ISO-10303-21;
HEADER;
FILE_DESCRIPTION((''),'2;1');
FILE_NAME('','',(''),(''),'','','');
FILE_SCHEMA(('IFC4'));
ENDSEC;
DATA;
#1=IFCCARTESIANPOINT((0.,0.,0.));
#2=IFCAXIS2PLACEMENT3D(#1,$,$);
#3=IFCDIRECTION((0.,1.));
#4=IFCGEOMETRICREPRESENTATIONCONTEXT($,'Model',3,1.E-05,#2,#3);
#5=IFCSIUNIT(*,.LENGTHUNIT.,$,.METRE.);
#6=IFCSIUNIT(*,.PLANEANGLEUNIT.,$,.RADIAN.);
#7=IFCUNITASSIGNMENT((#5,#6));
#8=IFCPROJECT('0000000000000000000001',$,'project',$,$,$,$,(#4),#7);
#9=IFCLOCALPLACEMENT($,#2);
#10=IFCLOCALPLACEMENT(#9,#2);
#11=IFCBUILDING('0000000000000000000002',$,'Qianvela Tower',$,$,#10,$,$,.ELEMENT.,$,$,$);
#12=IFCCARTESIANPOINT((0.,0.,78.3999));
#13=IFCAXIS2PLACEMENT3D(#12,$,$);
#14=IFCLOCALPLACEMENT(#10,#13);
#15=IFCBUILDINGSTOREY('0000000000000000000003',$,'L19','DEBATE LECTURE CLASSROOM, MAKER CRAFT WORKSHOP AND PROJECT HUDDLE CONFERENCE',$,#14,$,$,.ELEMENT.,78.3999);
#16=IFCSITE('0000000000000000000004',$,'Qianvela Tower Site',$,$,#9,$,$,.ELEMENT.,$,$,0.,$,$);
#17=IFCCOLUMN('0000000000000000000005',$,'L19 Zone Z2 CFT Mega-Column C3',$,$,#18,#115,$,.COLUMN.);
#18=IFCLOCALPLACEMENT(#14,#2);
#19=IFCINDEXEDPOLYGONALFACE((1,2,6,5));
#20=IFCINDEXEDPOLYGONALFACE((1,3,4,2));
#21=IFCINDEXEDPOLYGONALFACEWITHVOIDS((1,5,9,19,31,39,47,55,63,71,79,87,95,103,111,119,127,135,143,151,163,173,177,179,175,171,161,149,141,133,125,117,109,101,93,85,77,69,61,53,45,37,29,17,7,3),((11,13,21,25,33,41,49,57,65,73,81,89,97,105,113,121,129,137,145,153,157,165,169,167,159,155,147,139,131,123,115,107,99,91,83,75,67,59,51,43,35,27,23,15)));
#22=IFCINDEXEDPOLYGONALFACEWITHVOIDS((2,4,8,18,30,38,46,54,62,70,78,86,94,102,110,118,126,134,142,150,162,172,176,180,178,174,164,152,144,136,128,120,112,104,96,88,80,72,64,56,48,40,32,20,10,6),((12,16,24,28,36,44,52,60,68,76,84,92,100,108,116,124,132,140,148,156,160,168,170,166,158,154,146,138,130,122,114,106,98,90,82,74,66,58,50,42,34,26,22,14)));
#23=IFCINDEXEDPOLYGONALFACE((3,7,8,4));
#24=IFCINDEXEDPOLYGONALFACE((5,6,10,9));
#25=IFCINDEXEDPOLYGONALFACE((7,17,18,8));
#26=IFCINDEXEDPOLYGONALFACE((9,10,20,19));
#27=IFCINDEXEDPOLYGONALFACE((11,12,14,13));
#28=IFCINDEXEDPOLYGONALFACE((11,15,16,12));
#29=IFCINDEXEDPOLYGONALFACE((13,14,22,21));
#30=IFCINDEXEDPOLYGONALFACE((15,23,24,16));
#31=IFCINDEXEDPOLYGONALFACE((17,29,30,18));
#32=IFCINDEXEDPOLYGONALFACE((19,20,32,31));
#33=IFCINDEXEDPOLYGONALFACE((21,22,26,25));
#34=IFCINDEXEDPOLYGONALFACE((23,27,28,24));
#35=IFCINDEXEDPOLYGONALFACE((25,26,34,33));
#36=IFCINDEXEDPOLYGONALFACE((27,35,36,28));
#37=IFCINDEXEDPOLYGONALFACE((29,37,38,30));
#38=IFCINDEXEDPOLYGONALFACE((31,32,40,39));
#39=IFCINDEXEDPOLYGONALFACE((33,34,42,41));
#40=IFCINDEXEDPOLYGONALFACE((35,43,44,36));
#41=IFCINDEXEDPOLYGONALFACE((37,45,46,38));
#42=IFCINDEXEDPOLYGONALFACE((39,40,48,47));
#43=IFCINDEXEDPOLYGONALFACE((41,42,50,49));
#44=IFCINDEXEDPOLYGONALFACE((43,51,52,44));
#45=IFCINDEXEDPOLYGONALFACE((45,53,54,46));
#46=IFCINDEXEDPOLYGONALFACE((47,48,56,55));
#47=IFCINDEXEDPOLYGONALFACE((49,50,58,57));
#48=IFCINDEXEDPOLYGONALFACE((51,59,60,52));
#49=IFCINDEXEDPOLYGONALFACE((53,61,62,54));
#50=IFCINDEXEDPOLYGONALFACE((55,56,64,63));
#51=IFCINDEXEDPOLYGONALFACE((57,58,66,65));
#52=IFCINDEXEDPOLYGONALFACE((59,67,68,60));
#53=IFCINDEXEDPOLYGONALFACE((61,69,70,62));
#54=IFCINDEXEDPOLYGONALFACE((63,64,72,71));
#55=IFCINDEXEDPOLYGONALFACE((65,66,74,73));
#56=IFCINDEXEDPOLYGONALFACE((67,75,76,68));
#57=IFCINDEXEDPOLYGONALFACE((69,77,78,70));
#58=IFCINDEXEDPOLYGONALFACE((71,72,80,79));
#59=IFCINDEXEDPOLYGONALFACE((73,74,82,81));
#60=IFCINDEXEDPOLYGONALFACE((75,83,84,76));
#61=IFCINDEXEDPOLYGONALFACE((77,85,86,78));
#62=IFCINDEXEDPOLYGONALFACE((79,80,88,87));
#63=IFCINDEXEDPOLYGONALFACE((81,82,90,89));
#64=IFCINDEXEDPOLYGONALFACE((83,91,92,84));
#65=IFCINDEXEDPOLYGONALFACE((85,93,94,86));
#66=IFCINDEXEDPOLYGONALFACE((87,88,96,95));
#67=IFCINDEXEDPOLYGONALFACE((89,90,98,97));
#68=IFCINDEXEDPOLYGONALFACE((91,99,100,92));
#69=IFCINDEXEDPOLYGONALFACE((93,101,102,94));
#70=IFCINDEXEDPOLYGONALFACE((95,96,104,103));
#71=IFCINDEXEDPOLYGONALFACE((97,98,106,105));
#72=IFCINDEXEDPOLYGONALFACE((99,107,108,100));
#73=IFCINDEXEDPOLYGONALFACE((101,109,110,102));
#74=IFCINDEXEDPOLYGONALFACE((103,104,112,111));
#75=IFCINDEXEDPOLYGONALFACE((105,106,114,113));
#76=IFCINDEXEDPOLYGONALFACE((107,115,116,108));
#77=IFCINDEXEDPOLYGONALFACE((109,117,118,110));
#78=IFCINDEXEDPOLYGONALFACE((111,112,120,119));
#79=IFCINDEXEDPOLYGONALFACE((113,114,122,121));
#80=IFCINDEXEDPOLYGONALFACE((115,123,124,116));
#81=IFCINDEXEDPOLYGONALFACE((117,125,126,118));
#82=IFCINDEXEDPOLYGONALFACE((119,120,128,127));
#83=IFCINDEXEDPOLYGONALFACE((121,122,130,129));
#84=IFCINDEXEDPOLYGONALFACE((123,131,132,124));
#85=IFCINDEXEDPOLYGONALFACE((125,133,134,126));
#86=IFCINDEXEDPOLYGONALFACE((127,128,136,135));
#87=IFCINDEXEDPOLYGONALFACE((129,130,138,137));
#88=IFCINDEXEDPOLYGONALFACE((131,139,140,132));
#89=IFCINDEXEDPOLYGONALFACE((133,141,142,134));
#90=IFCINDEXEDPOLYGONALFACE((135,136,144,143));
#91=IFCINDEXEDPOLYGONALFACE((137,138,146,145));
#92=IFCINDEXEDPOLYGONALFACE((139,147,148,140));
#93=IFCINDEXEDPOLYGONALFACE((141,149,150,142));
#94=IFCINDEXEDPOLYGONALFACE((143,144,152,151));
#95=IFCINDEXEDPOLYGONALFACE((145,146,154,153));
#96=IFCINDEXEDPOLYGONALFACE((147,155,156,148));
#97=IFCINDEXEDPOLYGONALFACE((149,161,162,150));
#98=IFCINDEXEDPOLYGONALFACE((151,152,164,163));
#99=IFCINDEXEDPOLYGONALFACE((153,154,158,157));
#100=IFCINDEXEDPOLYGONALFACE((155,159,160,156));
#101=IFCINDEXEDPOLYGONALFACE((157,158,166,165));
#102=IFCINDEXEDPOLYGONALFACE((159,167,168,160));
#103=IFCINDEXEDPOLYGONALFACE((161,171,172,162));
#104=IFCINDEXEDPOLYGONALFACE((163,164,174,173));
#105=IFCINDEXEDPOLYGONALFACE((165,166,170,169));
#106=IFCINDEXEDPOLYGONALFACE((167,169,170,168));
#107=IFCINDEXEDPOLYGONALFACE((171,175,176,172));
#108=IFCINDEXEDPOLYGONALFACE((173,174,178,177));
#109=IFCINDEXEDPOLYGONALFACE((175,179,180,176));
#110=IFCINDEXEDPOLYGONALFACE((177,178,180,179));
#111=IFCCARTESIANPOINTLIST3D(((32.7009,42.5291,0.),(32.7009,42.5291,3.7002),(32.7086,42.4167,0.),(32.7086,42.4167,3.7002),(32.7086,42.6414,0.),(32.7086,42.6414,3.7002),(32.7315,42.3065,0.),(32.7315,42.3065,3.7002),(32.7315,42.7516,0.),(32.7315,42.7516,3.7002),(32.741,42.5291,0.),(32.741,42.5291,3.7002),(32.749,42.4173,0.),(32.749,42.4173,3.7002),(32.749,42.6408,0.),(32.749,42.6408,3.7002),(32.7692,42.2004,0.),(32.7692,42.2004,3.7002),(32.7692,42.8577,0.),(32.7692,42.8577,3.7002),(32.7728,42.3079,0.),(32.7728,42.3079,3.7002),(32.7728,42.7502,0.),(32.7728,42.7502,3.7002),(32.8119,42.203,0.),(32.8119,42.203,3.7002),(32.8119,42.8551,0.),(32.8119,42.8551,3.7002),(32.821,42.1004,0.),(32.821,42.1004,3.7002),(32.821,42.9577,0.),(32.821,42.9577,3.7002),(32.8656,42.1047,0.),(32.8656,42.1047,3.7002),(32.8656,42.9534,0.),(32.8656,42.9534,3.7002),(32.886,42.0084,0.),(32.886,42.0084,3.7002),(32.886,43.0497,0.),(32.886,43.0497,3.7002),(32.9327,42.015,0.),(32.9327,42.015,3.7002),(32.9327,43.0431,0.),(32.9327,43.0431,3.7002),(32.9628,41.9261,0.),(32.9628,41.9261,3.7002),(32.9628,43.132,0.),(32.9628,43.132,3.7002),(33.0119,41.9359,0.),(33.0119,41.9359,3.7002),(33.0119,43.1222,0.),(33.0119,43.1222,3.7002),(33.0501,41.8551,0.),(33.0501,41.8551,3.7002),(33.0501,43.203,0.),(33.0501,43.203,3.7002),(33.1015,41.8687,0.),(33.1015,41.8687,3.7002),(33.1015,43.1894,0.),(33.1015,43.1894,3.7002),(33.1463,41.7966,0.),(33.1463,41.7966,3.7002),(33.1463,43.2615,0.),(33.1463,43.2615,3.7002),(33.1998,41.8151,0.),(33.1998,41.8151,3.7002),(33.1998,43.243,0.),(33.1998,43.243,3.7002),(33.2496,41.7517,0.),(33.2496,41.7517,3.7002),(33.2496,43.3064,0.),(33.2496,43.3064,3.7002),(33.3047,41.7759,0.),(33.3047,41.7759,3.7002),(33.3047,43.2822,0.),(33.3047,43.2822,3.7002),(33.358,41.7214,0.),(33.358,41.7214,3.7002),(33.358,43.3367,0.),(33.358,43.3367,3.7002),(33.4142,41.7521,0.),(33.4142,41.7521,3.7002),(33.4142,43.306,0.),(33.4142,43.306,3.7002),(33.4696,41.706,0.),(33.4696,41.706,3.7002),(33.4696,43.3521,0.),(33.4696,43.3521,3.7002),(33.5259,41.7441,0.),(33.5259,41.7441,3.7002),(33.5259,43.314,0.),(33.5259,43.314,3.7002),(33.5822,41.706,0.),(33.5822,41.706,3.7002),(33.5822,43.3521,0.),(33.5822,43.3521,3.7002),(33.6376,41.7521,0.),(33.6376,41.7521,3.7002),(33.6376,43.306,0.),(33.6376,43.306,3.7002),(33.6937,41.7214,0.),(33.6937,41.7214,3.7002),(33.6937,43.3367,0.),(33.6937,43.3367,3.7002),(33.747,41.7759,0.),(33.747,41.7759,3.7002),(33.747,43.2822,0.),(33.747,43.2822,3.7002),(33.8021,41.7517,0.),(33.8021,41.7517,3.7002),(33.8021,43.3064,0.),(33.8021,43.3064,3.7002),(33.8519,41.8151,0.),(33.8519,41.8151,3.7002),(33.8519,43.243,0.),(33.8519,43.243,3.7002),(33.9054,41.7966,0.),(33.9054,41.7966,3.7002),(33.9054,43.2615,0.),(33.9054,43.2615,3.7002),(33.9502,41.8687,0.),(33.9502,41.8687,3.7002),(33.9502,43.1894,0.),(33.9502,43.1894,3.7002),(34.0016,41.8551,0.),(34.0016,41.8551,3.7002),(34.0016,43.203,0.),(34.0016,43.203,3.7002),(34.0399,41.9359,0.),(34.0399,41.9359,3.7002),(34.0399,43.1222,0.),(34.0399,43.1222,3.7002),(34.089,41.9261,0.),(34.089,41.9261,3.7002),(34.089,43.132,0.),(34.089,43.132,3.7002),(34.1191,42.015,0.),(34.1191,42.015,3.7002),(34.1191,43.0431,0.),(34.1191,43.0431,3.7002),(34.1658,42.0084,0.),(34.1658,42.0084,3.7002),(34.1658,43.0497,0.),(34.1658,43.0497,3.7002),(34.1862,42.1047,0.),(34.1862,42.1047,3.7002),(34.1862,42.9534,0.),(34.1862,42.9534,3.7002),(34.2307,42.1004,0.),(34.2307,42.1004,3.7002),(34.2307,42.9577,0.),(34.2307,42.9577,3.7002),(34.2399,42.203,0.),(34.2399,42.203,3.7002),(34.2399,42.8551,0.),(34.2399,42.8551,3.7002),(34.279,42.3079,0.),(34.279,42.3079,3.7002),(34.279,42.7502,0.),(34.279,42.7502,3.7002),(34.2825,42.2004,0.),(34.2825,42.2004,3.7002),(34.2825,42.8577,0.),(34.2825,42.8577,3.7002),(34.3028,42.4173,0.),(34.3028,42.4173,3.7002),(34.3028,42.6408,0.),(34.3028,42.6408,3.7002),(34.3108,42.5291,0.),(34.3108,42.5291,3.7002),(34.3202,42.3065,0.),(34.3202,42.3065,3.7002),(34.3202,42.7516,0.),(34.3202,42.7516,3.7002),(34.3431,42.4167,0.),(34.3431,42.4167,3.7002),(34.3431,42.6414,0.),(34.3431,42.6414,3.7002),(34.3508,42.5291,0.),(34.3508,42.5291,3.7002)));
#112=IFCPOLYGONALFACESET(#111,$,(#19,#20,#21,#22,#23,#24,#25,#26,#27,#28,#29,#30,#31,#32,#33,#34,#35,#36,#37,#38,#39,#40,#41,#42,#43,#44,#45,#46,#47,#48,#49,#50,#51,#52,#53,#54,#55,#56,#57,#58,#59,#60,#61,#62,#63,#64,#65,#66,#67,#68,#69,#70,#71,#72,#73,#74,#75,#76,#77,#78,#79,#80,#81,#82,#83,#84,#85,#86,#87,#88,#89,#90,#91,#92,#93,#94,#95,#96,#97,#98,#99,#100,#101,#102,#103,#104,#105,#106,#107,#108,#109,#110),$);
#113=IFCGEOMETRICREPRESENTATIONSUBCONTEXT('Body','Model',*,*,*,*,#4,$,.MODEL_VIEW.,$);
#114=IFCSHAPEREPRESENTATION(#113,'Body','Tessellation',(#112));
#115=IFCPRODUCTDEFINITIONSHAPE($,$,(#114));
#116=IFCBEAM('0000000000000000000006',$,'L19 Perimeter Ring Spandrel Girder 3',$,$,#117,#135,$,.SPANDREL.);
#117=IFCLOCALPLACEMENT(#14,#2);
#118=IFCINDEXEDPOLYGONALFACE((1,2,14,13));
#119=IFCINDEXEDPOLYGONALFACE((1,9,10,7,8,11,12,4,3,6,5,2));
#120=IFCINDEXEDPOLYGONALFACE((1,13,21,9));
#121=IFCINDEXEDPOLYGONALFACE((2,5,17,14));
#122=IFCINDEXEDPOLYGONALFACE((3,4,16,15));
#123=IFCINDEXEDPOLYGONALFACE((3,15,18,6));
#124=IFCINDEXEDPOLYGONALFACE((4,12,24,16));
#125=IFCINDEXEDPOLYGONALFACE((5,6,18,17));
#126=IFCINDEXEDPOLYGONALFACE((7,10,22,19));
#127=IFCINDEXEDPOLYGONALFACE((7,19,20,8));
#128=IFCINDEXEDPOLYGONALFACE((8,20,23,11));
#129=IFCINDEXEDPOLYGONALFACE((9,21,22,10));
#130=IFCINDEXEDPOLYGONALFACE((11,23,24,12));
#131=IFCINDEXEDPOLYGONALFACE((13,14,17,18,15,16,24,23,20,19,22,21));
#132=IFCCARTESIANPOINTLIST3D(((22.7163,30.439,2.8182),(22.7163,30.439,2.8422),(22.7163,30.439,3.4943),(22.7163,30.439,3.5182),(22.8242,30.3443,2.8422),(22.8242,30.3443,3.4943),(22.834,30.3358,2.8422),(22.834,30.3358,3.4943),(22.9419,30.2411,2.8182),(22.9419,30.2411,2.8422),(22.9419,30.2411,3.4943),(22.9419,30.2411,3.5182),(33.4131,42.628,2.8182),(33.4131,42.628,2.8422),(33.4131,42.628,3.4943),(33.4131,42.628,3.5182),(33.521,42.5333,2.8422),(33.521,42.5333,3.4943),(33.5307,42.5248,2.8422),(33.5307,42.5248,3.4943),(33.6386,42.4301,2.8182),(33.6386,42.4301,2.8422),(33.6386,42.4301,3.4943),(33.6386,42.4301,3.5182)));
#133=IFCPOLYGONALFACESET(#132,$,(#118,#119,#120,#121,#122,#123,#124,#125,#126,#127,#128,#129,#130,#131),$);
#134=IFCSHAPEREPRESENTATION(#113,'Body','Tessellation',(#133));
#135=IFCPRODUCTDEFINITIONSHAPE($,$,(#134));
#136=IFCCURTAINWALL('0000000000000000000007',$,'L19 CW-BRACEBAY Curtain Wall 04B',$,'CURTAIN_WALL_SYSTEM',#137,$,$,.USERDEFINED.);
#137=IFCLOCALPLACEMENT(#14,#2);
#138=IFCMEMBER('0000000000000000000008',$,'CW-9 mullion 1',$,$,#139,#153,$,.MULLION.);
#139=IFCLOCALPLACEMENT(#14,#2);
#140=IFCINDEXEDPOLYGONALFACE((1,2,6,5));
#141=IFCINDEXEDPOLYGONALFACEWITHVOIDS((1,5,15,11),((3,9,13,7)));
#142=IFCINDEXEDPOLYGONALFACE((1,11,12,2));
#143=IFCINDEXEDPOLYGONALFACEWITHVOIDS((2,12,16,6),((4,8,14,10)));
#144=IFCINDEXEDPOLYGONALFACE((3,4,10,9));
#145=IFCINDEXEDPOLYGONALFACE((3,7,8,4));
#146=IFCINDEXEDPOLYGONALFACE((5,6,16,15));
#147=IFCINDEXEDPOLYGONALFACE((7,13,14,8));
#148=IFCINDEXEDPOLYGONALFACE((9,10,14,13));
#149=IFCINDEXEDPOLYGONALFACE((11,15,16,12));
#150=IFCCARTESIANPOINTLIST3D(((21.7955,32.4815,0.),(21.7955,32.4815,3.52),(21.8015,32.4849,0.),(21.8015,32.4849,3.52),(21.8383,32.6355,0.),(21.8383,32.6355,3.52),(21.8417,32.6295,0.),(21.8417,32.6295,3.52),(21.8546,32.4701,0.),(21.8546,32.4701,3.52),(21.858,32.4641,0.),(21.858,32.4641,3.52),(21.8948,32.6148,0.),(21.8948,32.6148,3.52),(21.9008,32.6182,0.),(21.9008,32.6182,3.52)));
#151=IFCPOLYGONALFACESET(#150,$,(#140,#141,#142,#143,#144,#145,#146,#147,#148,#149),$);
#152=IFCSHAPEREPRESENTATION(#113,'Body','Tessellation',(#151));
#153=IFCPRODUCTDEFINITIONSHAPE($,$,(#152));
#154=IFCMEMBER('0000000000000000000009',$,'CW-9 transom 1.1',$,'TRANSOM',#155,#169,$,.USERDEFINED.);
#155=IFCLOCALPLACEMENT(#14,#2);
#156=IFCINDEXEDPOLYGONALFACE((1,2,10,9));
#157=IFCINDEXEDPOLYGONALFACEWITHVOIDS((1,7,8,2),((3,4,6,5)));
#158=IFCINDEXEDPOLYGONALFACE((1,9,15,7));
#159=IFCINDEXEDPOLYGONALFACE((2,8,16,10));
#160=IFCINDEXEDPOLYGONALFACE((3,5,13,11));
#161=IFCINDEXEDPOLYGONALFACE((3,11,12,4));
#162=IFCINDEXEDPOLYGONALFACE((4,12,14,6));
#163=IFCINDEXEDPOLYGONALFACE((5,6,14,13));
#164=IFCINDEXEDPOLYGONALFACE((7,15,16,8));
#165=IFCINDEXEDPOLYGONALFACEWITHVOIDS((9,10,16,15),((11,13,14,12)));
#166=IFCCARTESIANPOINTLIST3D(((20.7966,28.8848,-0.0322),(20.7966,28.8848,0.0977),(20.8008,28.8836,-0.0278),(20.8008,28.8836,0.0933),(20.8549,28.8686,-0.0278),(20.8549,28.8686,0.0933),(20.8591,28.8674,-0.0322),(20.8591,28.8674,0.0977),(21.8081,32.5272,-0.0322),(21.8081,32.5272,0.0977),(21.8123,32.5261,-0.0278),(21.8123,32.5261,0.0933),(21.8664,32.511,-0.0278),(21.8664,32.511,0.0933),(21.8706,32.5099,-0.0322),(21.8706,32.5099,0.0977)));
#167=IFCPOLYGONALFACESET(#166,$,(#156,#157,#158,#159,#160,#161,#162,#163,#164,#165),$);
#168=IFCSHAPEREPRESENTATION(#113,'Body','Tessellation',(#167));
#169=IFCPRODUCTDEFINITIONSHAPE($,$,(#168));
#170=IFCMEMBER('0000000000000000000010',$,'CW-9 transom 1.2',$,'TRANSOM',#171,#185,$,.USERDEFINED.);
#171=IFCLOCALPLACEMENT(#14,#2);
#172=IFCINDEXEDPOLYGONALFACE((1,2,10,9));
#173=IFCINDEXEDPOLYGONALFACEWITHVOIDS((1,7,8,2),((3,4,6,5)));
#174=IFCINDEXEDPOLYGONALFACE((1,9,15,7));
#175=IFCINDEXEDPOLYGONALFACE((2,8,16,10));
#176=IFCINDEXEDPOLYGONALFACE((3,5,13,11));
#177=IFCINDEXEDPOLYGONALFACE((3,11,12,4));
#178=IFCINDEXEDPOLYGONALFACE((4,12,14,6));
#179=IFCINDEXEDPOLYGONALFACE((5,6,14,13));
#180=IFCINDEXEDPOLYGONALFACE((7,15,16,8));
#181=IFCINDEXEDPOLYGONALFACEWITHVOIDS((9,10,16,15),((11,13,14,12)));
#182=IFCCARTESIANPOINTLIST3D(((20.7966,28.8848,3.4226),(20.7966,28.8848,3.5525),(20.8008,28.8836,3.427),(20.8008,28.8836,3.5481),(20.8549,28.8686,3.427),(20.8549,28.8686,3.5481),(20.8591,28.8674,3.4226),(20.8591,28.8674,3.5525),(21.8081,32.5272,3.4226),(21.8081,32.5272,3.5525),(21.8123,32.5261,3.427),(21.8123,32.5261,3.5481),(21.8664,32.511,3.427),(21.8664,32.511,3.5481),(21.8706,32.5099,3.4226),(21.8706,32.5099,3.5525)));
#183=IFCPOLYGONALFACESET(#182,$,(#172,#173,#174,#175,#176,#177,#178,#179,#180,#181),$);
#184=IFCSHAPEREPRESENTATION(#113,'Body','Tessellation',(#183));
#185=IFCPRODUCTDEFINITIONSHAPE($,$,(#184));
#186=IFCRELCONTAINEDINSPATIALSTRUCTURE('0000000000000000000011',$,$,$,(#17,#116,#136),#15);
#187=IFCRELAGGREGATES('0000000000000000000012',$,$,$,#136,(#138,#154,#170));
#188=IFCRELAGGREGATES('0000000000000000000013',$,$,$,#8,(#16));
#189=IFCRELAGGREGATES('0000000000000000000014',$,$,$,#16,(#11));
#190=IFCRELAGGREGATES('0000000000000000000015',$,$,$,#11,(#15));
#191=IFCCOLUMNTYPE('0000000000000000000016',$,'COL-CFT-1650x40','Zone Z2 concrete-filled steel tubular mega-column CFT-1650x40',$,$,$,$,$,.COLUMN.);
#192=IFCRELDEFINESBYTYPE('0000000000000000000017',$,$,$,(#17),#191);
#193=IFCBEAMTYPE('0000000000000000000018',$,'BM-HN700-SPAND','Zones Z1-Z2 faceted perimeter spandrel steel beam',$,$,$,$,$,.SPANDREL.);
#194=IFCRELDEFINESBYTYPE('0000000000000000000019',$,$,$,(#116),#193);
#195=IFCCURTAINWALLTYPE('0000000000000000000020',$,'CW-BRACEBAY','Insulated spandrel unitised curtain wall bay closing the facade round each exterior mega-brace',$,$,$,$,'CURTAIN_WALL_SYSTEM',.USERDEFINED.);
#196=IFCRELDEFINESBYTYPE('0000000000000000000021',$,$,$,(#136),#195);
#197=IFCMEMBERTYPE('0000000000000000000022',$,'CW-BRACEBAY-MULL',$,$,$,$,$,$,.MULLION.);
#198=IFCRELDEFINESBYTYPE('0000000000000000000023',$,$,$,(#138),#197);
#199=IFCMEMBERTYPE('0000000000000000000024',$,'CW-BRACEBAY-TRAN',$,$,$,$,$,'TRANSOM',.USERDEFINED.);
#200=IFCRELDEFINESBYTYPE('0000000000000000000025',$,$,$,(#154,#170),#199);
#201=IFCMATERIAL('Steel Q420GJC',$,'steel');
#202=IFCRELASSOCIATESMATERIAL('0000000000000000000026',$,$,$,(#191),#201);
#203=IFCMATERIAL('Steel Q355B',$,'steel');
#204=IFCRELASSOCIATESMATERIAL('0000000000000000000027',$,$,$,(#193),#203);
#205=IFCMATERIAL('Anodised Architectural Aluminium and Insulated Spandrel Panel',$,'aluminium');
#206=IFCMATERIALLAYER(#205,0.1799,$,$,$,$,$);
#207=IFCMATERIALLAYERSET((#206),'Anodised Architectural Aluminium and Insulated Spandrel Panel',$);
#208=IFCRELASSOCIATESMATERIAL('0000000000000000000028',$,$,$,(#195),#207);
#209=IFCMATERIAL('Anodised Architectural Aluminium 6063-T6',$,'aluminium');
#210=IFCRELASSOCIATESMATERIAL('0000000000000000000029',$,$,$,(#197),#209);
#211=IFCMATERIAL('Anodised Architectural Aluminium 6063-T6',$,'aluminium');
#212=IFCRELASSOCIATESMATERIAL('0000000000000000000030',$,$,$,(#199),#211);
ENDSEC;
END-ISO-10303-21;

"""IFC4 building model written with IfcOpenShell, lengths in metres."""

from ifc_helpers import new_model, si_unit, direction, frame, origin, origin_2d, place, context, subcontext, project, spatial, hollow_rectangle, hollow_circle, i_section, extrude, material, layer, layer_set, material_profile, profile_set, type_object, element, aggregate, save


model = new_model("IFC4")

# Units and contexts
model_context = context("Model", 3, precision=1e-05, world=origin(), true_north=direction((0.0, 1.0)))
body_context = subcontext(model_context, "Body", "Model", "MODEL_VIEW")
ifc_project = project(units=[si_unit("LENGTHUNIT", "METRE"), si_unit("PLANEANGLEUNIT", "RADIAN")], contexts=[model_context])

# Site, building, storey
site_placement = place(None, origin())
site = spatial("IfcSite", under=ifc_project, at=site_placement, Name="Qianvela Tower Site", CompositionType="ELEMENT", RefElevation=0.0)
building_placement = place(site_placement, origin())
building = spatial("IfcBuilding", under=site, at=building_placement, Name="Qianvela Tower", CompositionType="ELEMENT")
storey_placement = place(building_placement, frame((0.0, 0.0, 78.3999)))
storey = spatial("IfcBuildingStorey", under=building, at=storey_placement, Name="L19", Description="DEBATE LECTURE CLASSROOM, MAKER CRAFT WORKSHOP AND PROJECT HUDDLE CONFERENCE", CompositionType="ELEMENT", Elevation=78.3999)

# Column
ifc_material_1 = material(Name="Steel Q420GJC", Category="steel")
ifc_material_profile_1 = material_profile(ifc_material_1, hollow_circle(Radius=0.825, WallThickness=0.04, at=origin_2d()), Name="CFT-1650x40")
ifc_profile_set_1 = profile_set([ifc_material_profile_1], Name="Steel Q420GJC")
column_type = type_object("IfcColumnType", Name="COL-CFT-1650x40", Description="Zone Z2 concrete-filled steel tubular mega-column CFT-1650x40", PredefinedType="COLUMN", material=ifc_profile_set_1)
for number, where, z_axis, x_axis, name in (
    (1, (33.5259, 42.5291, 0.0), (0.0, 0.0, 1.0), (1.0, 0.0, 0.0), "L19 Zone Z2 CFT Mega-Column C3"),
):
    element("IfcColumn", number, at=place(storey_placement, frame(where, z_axis=z_axis, x_axis=x_axis)), inside=storey, type_object=column_type, Name=name, PredefinedType="COLUMN", context=body_context, shape_type="SweptSolid", body=[
        extrude(hollow_circle(Radius=0.825, WallThickness=0.04, at=origin_2d()), origin(), (0.0, 0.0, 1.0), 3.7002),
    ])

# Beam
ifc_material_2 = material(Name="Steel Q355B", Category="steel")
ifc_material_profile_2 = material_profile(ifc_material_2, i_section(OverallWidth=0.3, OverallDepth=0.7, WebThickness=0.0129, FlangeThickness=0.0239, at=origin_2d()), Name="HN700x300x13x24")
ifc_profile_set_2 = profile_set([ifc_material_profile_2], Name="Steel Q355B")
beam_type = type_object("IfcBeamType", Name="BM-HN700-SPAND", Description="Zones Z1-Z2 faceted perimeter spandrel steel beam", PredefinedType="SPANDREL", material=ifc_profile_set_2)
beam_placement = place(storey_placement, frame((33.5259, 42.5291, 3.1682), z_axis=(-0.659602, -0.751615, 0.0), x_axis=(0.751615, -0.659602, 0.0)))
element("IfcBeam", 2, at=beam_placement, inside=storey, type_object=beam_type, Name="L19 Perimeter Ring Spandrel Girder 3", PredefinedType="SPANDREL", context=body_context, shape_type="SweptSolid", body=[
    extrude(i_section(OverallWidth=0.3, OverallDepth=0.7, WebThickness=0.0129, FlangeThickness=0.0239, at=origin_2d()), origin(), (0.0, 0.0, 1.0), 16.217),
])

# Curtain wall, members
ifc_material_3 = material(Name="Anodised Architectural Aluminium and Insulated Spandrel Panel", Category="aluminium")
ifc_layer_1 = layer(ifc_material_3, 0.1799)
ifc_layer_set_1 = layer_set([ifc_layer_1], Name="Anodised Architectural Aluminium and Insulated Spandrel Panel")
curtain_wall_type_1 = type_object("IfcCurtainWallType", Name="CW-BRACEBAY", Description="Insulated spandrel unitised curtain wall bay closing the facade round each exterior mega-brace", ElementType="CURTAIN_WALL_SYSTEM", PredefinedType="USERDEFINED", material=ifc_layer_set_1)
curtain_wall_1_placement = place(storey_placement, origin())
curtain_wall_1 = element("IfcCurtainWall", 3, at=curtain_wall_1_placement, inside=storey, type_object=curtain_wall_type_1, Name="L19 CW-BRACEBAY Curtain Wall 04B", ObjectType="CURTAIN_WALL_SYSTEM", PredefinedType="USERDEFINED")
ifc_material_4 = material(Name="Anodised Architectural Aluminium 6063-T6", Category="aluminium")
ifc_material_profile_3 = material_profile(ifc_material_4, hollow_rectangle(XDim=0.0649, YDim=0.1599, WallThickness=0.0049, at=origin_2d()), Name="ALU-MULL-65x160")
ifc_profile_set_3 = profile_set([ifc_material_profile_3], Name="Anodised Architectural Aluminium 6063-T6")
member_type_1 = type_object("IfcMemberType", Name="CW-BRACEBAY-MULL", PredefinedType="MULLION", material=ifc_profile_set_3)
member_1_placement = place(storey_placement, frame((21.8481, 32.5498, 0.0), z_axis=(0.0, 0.0, 1.0), x_axis=(0.963538, -0.267573, 0.0)))
member_1 = element("IfcMember", 4, at=member_1_placement, type_object=member_type_1, Name="CW-9 mullion 1", PredefinedType="MULLION", context=body_context, shape_type="SweptSolid", body=[
    extrude(hollow_rectangle(XDim=0.0649, YDim=0.1599, WallThickness=0.0049, at=origin_2d()), origin(), (0.0, 0.0, 1.0), 3.52),
])
ifc_material_5 = material(Name="Anodised Architectural Aluminium 6063-T6", Category="aluminium")
ifc_material_profile_4 = material_profile(ifc_material_5, hollow_rectangle(XDim=0.0649, YDim=0.1299, WallThickness=0.0044, at=origin_2d()), Name="ALU-TRAN-65x130")
ifc_profile_set_4 = profile_set([ifc_material_profile_4], Name="Anodised Architectural Aluminium 6063-T6")
member_type_2 = type_object("IfcMemberType", Name="CW-BRACEBAY-TRAN", ElementType="TRANSOM", PredefinedType="USERDEFINED", material=ifc_profile_set_4)
member_2_placement = place(storey_placement, frame((21.8394, 32.5186, 0.0327), z_axis=(-0.267574, -0.963537, 0.0), x_axis=(0.963537, -0.267574, 0.0)))
member_2 = element("IfcMember", 5, at=member_2_placement, type_object=member_type_2, Name="CW-9 transom 1.1", ObjectType="TRANSOM", PredefinedType="USERDEFINED", context=body_context, shape_type="SweptSolid", body=[
    extrude(hollow_rectangle(XDim=0.0649, YDim=0.1299, WallThickness=0.0044, at=origin_2d()), origin(), (0.0, 0.0, 1.0), 3.7803),
])
member_3_placement = place(storey_placement, frame((21.8394, 32.5186, 3.4875), z_axis=(-0.267574, -0.963537, 0.0), x_axis=(0.963537, -0.267574, 0.0)))
member_3 = element("IfcMember", 6, at=member_3_placement, type_object=member_type_2, Name="CW-9 transom 1.2", ObjectType="TRANSOM", PredefinedType="USERDEFINED", context=body_context, shape_type="SweptSolid", body=[
    extrude(hollow_rectangle(XDim=0.0649, YDim=0.1299, WallThickness=0.0044, at=origin_2d()), origin(), (0.0, 0.0, 1.0), 3.7803),
])
aggregate(curtain_wall_1, [member_1, member_2, member_3])

save(model, "model.ifc")
